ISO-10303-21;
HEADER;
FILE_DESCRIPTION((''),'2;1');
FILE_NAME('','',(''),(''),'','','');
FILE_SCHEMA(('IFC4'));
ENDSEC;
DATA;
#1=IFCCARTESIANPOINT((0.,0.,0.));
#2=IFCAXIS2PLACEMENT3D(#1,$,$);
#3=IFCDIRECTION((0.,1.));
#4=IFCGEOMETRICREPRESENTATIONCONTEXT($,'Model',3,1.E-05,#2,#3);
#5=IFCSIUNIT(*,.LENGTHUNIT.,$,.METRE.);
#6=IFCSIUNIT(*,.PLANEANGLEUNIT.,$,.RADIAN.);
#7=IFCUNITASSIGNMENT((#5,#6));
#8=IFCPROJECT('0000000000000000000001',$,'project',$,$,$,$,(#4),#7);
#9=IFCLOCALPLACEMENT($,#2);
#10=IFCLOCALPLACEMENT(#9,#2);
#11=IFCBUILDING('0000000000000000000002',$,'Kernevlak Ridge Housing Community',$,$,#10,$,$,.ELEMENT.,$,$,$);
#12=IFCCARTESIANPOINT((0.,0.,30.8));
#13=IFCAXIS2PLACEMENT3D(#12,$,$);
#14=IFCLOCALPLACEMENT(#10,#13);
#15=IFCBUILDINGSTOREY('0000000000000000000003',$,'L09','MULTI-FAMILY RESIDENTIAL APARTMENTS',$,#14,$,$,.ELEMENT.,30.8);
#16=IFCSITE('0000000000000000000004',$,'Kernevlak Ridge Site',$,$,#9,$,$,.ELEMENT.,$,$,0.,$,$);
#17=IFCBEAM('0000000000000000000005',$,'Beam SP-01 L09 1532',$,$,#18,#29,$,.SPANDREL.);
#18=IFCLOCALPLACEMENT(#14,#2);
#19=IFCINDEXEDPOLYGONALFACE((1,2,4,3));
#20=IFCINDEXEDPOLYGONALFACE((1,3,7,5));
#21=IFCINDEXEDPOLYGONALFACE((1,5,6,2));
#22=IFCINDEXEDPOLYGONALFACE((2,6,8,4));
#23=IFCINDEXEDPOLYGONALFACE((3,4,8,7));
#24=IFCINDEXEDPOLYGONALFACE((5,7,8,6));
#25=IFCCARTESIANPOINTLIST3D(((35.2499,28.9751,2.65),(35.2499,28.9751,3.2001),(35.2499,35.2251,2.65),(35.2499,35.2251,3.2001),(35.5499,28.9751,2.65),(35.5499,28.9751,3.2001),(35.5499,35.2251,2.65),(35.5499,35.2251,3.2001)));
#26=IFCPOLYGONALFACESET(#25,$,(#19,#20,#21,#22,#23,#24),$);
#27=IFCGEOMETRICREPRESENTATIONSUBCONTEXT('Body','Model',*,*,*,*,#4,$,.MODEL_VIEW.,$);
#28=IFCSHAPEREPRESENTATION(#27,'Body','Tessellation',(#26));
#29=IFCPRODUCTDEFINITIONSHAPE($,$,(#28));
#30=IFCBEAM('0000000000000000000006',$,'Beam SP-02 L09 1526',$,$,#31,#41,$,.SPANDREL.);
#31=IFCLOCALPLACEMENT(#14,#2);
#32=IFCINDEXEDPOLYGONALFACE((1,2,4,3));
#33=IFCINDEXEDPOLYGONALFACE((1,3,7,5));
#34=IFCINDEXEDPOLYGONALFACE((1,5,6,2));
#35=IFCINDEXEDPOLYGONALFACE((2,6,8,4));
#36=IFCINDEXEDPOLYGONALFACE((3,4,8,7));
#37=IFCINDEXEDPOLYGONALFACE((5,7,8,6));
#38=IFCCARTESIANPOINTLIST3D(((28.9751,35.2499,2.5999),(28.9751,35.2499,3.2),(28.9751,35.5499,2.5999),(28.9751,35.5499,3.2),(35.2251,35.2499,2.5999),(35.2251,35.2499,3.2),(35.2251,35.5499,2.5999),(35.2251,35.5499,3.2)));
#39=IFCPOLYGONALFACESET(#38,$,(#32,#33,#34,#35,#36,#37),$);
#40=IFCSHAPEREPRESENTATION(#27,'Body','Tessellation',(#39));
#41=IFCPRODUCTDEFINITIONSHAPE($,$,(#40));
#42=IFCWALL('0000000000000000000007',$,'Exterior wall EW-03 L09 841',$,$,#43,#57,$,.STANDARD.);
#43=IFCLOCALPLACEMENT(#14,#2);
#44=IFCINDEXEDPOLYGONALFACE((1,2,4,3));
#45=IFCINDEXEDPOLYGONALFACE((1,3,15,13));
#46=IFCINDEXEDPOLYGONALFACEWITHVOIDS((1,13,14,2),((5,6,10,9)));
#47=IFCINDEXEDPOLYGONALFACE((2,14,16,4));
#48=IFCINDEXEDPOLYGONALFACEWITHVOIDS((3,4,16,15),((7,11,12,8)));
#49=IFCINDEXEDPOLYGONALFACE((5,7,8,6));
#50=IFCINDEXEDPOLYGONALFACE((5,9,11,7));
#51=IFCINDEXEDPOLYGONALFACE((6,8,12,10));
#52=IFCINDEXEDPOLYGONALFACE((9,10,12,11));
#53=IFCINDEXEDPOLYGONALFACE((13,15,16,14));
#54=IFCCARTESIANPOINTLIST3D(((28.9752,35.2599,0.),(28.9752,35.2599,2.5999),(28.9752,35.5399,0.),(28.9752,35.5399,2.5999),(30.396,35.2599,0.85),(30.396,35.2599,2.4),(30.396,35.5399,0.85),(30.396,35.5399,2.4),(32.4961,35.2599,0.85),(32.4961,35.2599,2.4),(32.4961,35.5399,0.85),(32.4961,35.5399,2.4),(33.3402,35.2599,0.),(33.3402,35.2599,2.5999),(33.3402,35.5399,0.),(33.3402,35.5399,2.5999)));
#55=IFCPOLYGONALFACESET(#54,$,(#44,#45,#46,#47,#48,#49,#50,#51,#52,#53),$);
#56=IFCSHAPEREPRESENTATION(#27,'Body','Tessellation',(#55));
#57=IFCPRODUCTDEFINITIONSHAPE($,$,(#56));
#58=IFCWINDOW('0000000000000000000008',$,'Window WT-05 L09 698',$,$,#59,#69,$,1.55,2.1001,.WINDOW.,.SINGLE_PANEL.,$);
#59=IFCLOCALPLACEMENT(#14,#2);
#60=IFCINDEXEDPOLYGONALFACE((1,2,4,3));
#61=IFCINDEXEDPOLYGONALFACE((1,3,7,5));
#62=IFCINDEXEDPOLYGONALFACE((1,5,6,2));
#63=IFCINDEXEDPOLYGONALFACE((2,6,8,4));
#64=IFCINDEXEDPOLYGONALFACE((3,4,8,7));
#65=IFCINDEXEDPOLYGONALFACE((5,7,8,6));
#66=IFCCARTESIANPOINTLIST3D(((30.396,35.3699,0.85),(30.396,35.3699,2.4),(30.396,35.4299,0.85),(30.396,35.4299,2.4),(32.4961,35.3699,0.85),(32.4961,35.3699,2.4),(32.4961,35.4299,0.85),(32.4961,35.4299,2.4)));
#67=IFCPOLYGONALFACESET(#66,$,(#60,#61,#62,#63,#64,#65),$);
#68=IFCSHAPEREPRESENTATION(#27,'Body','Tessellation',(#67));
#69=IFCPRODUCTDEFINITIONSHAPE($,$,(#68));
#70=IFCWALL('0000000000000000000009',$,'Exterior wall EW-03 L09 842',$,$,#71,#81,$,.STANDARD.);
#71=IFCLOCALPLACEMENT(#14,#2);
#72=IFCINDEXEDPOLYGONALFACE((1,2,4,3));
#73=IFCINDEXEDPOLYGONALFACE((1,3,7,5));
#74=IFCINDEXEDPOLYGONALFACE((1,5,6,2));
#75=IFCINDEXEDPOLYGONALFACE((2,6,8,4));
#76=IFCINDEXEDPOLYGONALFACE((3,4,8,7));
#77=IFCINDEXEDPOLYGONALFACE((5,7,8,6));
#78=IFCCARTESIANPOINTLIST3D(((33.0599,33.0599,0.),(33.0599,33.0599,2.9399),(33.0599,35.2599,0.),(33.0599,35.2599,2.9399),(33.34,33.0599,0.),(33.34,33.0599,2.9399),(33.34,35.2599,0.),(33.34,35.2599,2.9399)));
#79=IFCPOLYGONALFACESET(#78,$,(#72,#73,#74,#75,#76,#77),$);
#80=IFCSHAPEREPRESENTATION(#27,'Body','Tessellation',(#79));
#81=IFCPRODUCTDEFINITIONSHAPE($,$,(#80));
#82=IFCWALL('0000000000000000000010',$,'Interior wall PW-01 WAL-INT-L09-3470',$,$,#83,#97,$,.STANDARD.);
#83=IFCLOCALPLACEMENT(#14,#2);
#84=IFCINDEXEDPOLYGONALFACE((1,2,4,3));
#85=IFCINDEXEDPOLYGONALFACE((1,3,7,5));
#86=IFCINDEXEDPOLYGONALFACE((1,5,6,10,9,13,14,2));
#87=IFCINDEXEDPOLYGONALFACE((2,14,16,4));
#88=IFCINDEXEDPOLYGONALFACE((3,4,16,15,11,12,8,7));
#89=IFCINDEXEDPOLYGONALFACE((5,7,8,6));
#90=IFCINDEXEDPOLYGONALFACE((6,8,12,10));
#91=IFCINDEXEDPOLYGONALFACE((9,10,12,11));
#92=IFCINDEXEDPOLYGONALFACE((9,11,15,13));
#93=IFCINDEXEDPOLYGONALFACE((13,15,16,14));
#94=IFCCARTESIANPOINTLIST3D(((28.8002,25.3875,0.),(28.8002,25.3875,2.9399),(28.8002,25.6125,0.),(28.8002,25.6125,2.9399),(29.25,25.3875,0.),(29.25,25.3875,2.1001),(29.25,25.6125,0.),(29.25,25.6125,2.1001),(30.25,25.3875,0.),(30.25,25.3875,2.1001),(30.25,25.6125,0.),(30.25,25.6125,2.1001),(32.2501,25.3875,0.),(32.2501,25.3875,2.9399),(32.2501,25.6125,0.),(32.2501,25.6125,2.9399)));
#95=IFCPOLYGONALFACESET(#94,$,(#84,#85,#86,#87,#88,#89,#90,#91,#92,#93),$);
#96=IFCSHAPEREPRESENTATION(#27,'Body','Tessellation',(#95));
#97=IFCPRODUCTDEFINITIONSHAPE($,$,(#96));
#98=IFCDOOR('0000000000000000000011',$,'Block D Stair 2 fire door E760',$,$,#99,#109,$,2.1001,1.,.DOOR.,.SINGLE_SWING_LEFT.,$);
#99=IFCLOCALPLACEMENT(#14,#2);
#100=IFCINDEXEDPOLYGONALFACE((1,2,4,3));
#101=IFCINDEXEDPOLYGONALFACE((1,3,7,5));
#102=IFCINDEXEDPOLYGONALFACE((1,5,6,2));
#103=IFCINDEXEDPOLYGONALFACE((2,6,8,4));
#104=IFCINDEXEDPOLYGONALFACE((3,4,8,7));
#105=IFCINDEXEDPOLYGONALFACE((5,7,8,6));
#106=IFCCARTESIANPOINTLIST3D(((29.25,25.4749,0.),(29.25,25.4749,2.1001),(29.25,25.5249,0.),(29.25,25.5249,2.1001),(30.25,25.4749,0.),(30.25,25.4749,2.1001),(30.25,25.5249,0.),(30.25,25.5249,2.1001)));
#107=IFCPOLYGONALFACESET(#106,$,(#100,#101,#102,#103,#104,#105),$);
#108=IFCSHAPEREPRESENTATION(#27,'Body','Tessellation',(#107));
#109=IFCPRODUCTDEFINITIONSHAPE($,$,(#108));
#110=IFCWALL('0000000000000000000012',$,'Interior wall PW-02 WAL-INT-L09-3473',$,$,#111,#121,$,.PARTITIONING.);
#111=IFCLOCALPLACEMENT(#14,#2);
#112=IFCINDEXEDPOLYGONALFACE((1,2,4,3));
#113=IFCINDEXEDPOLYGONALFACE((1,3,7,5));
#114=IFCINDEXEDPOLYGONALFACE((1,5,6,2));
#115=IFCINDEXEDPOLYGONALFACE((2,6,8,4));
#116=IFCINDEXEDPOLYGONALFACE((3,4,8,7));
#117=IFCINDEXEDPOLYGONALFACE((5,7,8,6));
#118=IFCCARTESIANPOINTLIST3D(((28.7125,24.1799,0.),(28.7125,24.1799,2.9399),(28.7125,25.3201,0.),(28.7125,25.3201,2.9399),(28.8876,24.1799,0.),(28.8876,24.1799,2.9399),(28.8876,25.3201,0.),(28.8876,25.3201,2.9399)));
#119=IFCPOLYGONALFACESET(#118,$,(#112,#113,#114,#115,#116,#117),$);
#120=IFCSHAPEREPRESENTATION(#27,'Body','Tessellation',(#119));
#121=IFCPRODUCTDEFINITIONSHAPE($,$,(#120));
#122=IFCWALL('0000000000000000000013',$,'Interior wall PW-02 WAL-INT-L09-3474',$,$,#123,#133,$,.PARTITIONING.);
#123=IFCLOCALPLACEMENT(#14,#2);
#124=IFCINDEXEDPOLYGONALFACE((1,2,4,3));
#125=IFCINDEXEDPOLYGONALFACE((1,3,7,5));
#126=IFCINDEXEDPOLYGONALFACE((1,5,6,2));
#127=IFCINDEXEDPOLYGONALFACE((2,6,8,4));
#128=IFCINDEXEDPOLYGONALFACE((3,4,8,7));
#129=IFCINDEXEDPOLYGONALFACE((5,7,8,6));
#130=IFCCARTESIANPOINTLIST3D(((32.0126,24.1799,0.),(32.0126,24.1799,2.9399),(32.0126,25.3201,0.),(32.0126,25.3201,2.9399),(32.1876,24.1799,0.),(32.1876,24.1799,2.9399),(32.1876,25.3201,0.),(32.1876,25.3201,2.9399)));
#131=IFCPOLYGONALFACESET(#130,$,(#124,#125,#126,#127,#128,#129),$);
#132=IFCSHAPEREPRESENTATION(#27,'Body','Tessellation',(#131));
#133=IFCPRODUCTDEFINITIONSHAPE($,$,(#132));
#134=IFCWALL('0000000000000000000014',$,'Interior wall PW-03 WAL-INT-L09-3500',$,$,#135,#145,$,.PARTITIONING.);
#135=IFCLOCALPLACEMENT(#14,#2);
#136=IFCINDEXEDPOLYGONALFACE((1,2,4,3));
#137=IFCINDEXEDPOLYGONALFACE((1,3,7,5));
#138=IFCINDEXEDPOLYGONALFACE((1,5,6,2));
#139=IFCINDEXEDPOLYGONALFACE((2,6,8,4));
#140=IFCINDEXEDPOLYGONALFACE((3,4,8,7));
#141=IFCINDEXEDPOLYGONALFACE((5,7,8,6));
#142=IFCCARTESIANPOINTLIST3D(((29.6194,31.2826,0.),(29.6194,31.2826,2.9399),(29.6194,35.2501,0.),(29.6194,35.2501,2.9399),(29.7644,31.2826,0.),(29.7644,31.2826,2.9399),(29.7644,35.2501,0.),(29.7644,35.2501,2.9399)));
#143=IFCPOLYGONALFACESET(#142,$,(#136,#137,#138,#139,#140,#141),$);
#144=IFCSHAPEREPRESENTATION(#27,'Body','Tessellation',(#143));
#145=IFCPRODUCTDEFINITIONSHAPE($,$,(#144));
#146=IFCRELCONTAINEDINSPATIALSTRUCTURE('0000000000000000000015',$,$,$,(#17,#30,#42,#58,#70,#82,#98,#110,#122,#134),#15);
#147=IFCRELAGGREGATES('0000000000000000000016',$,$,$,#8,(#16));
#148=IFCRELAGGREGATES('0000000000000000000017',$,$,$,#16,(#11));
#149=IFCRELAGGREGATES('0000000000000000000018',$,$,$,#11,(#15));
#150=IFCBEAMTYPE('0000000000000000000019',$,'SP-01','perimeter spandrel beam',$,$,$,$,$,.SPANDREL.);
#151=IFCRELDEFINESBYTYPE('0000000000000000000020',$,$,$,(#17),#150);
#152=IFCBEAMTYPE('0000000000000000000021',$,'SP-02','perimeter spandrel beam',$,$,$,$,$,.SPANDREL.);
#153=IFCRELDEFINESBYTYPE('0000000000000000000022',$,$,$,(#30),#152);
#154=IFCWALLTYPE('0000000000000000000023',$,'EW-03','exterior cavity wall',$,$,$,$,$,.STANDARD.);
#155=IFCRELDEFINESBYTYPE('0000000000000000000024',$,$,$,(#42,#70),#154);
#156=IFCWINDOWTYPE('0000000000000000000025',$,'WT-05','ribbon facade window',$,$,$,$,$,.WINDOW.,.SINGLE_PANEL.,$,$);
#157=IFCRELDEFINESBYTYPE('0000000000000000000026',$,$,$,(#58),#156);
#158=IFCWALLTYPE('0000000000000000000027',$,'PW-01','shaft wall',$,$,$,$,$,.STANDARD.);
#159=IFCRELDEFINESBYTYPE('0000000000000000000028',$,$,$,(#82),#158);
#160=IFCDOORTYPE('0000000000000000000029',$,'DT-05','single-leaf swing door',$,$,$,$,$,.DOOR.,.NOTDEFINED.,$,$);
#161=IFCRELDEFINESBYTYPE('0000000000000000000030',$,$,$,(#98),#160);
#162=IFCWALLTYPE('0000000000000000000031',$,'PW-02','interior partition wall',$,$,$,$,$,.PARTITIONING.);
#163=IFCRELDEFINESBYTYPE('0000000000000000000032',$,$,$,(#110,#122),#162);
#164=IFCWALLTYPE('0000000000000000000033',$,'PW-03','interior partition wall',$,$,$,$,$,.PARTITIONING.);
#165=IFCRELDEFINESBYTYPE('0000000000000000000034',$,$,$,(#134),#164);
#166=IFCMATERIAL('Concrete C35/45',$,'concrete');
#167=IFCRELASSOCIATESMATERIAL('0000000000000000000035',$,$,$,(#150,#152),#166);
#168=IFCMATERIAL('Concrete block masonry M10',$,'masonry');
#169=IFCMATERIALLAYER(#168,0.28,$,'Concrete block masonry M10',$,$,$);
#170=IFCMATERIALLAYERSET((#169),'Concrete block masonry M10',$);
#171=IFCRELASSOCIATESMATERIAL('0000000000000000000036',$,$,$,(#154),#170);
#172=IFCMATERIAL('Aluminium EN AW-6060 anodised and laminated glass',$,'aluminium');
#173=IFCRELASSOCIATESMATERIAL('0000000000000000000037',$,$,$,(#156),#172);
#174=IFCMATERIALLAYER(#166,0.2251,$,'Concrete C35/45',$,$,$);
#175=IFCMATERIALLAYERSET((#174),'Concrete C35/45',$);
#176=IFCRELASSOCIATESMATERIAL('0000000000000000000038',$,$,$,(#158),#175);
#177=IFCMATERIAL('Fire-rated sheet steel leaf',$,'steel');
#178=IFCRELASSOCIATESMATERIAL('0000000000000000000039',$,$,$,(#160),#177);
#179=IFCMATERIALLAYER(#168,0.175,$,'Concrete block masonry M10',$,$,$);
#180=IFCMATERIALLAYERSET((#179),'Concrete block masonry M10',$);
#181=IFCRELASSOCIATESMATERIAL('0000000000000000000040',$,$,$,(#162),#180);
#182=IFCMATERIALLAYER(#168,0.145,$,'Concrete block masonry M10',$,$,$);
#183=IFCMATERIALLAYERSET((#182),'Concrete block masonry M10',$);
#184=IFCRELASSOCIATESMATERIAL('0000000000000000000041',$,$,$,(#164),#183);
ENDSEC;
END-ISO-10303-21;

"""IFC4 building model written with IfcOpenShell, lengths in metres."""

from ifc_helpers import new_model, si_unit, direction, frame, frame_2d, origin, origin_2d, place, context, subcontext, project, spatial, rectangle, extrude, material, layer, layer_set, material_profile, profile_set, type_object, element, fill, save


model = new_model("IFC4")

# Units and contexts
model_context = context("Model", 3, precision=1e-05, world=origin(), true_north=direction((0.0, 1.0)))
body_context = subcontext(model_context, "Body", "Model", "MODEL_VIEW")
ifc_project = project(units=[si_unit("LENGTHUNIT", "METRE"), si_unit("PLANEANGLEUNIT", "RADIAN")], contexts=[model_context])

# Site, building, storey
site_placement = place(None, origin())
site = spatial("IfcSite", under=ifc_project, at=site_placement, Name="Kernevlak Ridge Site", CompositionType="ELEMENT", RefElevation=0.0)
building_placement = place(site_placement, origin())
building = spatial("IfcBuilding", under=site, at=building_placement, Name="Kernevlak Ridge Housing Community", CompositionType="ELEMENT")
storey_placement = place(building_placement, frame((0.0, 0.0, 30.8)))
storey = spatial("IfcBuildingStorey", under=building, at=storey_placement, Name="L09", Description="MULTI-FAMILY RESIDENTIAL APARTMENTS", CompositionType="ELEMENT", Elevation=30.8)

# Shared definitions
ifc_material_1 = material(Name="Concrete C35/45", Category="concrete")

# Shared definitions
ifc_material_2 = material(Name="Aluminium EN AW-6060 anodised and laminated glass", Category="aluminium")

# Beams
ifc_material_profile_1 = material_profile(ifc_material_1, rectangle(XDim=0.3, YDim=0.55, at=origin_2d()), Name="RC 300x550")
ifc_profile_set_1 = profile_set([ifc_material_profile_1], Name="Concrete C35/45")
beam_type_1 = type_object("IfcBeamType", Name="SP-01", Description="perimeter spandrel beam", PredefinedType="SPANDREL", material=ifc_profile_set_1)
beam_1_placement = place(storey_placement, frame((35.3999, 28.9751, 2.925), z_axis=(0.0, 1.0, 0.0), x_axis=(-1.0, 0.0, 0.0)))
element("IfcBeam", 1, at=beam_1_placement, inside=storey, type_object=beam_type_1, Name="Beam SP-01 L09 1532", PredefinedType="SPANDREL", context=body_context, shape_type="SweptSolid", body=[
    extrude(rectangle(XDim=0.3, YDim=0.55, at=origin_2d()), origin(), (0.0, 0.0, 1.0), 6.25),
])
ifc_material_profile_2 = material_profile(ifc_material_1, rectangle(XDim=0.3, YDim=0.6001, at=origin_2d()), Name="RC 300x600")
ifc_profile_set_2 = profile_set([ifc_material_profile_2], Name="Concrete C35/45")
beam_type_2 = type_object("IfcBeamType", Name="SP-02", Description="perimeter spandrel beam", PredefinedType="SPANDREL", material=ifc_profile_set_2)
beam_2_placement = place(storey_placement, frame((28.9751, 35.3999, 2.8999), z_axis=(1.0, 0.0, 0.0), x_axis=(0.0, 1.0, 0.0)))
element("IfcBeam", 2, at=beam_2_placement, inside=storey, type_object=beam_type_2, Name="Beam SP-02 L09 1526", PredefinedType="SPANDREL", context=body_context, shape_type="SweptSolid", body=[
    extrude(rectangle(XDim=0.3, YDim=0.6001, at=origin_2d()), origin(), (0.0, 0.0, 1.0), 6.25),
])

# Wall, opening, window
ifc_material_3 = material(Name="Concrete block masonry M10", Category="masonry")
ifc_layer_1 = layer(ifc_material_3, 0.28, Name="Concrete block masonry M10")
ifc_layer_set_1 = layer_set([ifc_layer_1], Name="Concrete block masonry M10")
wall_type_1 = type_object("IfcWallType", Name="EW-03", Description="exterior cavity wall", PredefinedType="STANDARD", material=ifc_layer_set_1)
wall_1_placement = place(storey_placement, frame((28.9751, 35.3999, 0.0), z_axis=(0.0, 0.0, 1.0), x_axis=(1.0, 0.0, 0.0)))
wall_1 = element("IfcWall", 3, at=wall_1_placement, inside=storey, type_object=wall_type_1, Name="Exterior wall EW-03 L09 841", PredefinedType="STANDARD", context=body_context, shape_type="SweptSolid", body=[
    extrude(rectangle(XDim=4.365, YDim=0.28, at=frame_2d((2.1826, 0.0))), origin(), (0.0, 0.0, 1.0), 2.5999),
])
opening_1_placement = place(wall_1_placement, frame((1.4209, 0.0, 0.8501)))
opening_1 = element("IfcOpeningElement", 4, at=opening_1_placement, cuts=wall_1, PredefinedType="OPENING", context=body_context, shape_type="SweptSolid", body=[
    extrude(rectangle(XDim=2.1001, YDim=1.55, at=frame_2d((1.05, 0.7749))), frame((0.0, 0.1499, 0.0), z_axis=(0.0, -1.0, 0.0), x_axis=(1.0, 0.0, 0.0)), (0.0, 0.0, 1.0), 0.3),
])
window_type = type_object("IfcWindowType", Name="WT-05", Description="ribbon facade window", PartitioningType="SINGLE_PANEL", PredefinedType="WINDOW", material=ifc_material_2)
window_placement = place(opening_1_placement, origin())
window = element("IfcWindow", 5, at=window_placement, inside=storey, type_object=window_type, Name="Window WT-05 L09 698", OverallHeight=1.55, OverallWidth=2.1001, PartitioningType="SINGLE_PANEL", PredefinedType="WINDOW", context=body_context, shape_type="SweptSolid", body=[
    extrude(rectangle(XDim=2.1001, YDim=1.55, at=frame_2d((1.05, 0.7749))), frame((0.0, 0.03, 0.0), z_axis=(0.0, -1.0, 0.0), x_axis=(1.0, 0.0, 0.0)), (0.0, 0.0, 1.0), 0.0601),
])
fill(opening_1, window)

# Wall
wall_2_placement = place(storey_placement, frame((33.2, 35.26, 0.0), z_axis=(0.0, 0.0, 1.0), x_axis=(0.0, -1.0, 0.0)))
element("IfcWall", 6, at=wall_2_placement, inside=storey, type_object=wall_type_1, Name="Exterior wall EW-03 L09 842", PredefinedType="STANDARD", context=body_context, shape_type="SweptSolid", body=[
    extrude(rectangle(XDim=2.2, YDim=0.28, at=frame_2d((1.1001, 0.0))), origin(), (0.0, 0.0, 1.0), 2.9399),
])

# Wall, opening, door
ifc_layer_2 = layer(ifc_material_1, 0.2251, Name="Concrete C35/45")
ifc_layer_set_2 = layer_set([ifc_layer_2], Name="Concrete C35/45")
wall_type_2 = type_object("IfcWallType", Name="PW-01", Description="shaft wall", PredefinedType="STANDARD", material=ifc_layer_set_2)
wall_3_placement = place(storey_placement, frame((28.8, 25.5, 0.0), z_axis=(0.0, 0.0, 1.0), x_axis=(1.0, 0.0, 0.0)))
wall_3 = element("IfcWall", 7, at=wall_3_placement, inside=storey, type_object=wall_type_2, Name="Interior wall PW-01 WAL-INT-L09-3470", PredefinedType="STANDARD", context=body_context, shape_type="SweptSolid", body=[
    extrude(rectangle(XDim=3.45, YDim=0.2251, at=frame_2d((1.7251, 0.0))), origin(), (0.0, 0.0, 1.0), 2.9399),
])
opening_2_placement = place(wall_3_placement, frame((0.45, 0.0, 0.0)))
opening_2 = element("IfcOpeningElement", 8, at=opening_2_placement, cuts=wall_3, PredefinedType="OPENING", context=body_context, shape_type="SweptSolid", body=[
    extrude(rectangle(XDim=1.0, YDim=2.1001, at=frame_2d((0.5, 1.05))), frame((0.0, 0.1226, 0.0), z_axis=(0.0, -1.0, 0.0), x_axis=(1.0, 0.0, 0.0)), (0.0, 0.0, 1.0), 0.2451),
])
ifc_material_4 = material(Name="Fire-rated sheet steel leaf", Category="steel")
door_type_1 = type_object("IfcDoorType", Name="DT-05", Description="single-leaf swing door", OperationType="NOTDEFINED", PredefinedType="DOOR", material=ifc_material_4)
door_1_placement = place(opening_2_placement, origin())
door_1 = element("IfcDoor", 9, at=door_1_placement, inside=storey, type_object=door_type_1, Name="Block D Stair 2 fire door E760", OperationType="SINGLE_SWING_LEFT", OverallHeight=2.1001, OverallWidth=1.0, PredefinedType="DOOR", context=body_context, shape_type="SweptSolid", body=[
    extrude(rectangle(XDim=1.0, YDim=2.1001, at=frame_2d((0.5, 1.05))), frame((0.0, 0.0249, 0.0), z_axis=(0.0, -1.0, 0.0), x_axis=(1.0, 0.0, 0.0)), (0.0, 0.0, 1.0), 0.05),
])
fill(opening_2, door_1)

# Walls
ifc_layer_3 = layer(ifc_material_3, 0.175, Name="Concrete block masonry M10")
ifc_layer_set_3 = layer_set([ifc_layer_3], Name="Concrete block masonry M10")
wall_type_3 = type_object("IfcWallType", Name="PW-02", Description="interior partition wall", PredefinedType="PARTITIONING", material=ifc_layer_set_3)
for number, where, z_axis, x_axis, name in (
    (10, (28.8, 24.1799, 0.0), (0.0, 0.0, 1.0), (0.0, 1.0, 0.0), "Interior wall PW-02 WAL-INT-L09-3473"),
    (11, (32.1001, 24.1799, 0.0), (0.0, 0.0, 1.0), (0.0, 1.0, 0.0), "Interior wall PW-02 WAL-INT-L09-3474"),
):
    element("IfcWall", number, at=place(storey_placement, frame(where, z_axis=z_axis, x_axis=x_axis)), inside=storey, type_object=wall_type_3, Name=name, PredefinedType="PARTITIONING", context=body_context, shape_type="SweptSolid", body=[
        extrude(rectangle(XDim=1.1401, YDim=0.175, at=frame_2d((0.5701, 0.0))), origin(), (0.0, 0.0, 1.0), 2.9399),
    ])
ifc_layer_4 = layer(ifc_material_3, 0.145, Name="Concrete block masonry M10")
ifc_layer_set_4 = layer_set([ifc_layer_4], Name="Concrete block masonry M10")
wall_type_4 = type_object("IfcWallType", Name="PW-03", Description="interior partition wall", PredefinedType="PARTITIONING", material=ifc_layer_set_4)
wall_4_placement = place(storey_placement, frame((29.6919, 31.2825, 0.0), z_axis=(0.0, 0.0, 1.0), x_axis=(0.0, 1.0, 0.0)))
element("IfcWall", 12, at=wall_4_placement, inside=storey, type_object=wall_type_4, Name="Interior wall PW-03 WAL-INT-L09-3500", PredefinedType="PARTITIONING", context=body_context, shape_type="SweptSolid", body=[
    extrude(rectangle(XDim=3.9675, YDim=0.145, at=frame_2d((1.9839, 0.0))), origin(), (0.0, 0.0, 1.0), 2.9399),
])

save(model, "model.ifc")
